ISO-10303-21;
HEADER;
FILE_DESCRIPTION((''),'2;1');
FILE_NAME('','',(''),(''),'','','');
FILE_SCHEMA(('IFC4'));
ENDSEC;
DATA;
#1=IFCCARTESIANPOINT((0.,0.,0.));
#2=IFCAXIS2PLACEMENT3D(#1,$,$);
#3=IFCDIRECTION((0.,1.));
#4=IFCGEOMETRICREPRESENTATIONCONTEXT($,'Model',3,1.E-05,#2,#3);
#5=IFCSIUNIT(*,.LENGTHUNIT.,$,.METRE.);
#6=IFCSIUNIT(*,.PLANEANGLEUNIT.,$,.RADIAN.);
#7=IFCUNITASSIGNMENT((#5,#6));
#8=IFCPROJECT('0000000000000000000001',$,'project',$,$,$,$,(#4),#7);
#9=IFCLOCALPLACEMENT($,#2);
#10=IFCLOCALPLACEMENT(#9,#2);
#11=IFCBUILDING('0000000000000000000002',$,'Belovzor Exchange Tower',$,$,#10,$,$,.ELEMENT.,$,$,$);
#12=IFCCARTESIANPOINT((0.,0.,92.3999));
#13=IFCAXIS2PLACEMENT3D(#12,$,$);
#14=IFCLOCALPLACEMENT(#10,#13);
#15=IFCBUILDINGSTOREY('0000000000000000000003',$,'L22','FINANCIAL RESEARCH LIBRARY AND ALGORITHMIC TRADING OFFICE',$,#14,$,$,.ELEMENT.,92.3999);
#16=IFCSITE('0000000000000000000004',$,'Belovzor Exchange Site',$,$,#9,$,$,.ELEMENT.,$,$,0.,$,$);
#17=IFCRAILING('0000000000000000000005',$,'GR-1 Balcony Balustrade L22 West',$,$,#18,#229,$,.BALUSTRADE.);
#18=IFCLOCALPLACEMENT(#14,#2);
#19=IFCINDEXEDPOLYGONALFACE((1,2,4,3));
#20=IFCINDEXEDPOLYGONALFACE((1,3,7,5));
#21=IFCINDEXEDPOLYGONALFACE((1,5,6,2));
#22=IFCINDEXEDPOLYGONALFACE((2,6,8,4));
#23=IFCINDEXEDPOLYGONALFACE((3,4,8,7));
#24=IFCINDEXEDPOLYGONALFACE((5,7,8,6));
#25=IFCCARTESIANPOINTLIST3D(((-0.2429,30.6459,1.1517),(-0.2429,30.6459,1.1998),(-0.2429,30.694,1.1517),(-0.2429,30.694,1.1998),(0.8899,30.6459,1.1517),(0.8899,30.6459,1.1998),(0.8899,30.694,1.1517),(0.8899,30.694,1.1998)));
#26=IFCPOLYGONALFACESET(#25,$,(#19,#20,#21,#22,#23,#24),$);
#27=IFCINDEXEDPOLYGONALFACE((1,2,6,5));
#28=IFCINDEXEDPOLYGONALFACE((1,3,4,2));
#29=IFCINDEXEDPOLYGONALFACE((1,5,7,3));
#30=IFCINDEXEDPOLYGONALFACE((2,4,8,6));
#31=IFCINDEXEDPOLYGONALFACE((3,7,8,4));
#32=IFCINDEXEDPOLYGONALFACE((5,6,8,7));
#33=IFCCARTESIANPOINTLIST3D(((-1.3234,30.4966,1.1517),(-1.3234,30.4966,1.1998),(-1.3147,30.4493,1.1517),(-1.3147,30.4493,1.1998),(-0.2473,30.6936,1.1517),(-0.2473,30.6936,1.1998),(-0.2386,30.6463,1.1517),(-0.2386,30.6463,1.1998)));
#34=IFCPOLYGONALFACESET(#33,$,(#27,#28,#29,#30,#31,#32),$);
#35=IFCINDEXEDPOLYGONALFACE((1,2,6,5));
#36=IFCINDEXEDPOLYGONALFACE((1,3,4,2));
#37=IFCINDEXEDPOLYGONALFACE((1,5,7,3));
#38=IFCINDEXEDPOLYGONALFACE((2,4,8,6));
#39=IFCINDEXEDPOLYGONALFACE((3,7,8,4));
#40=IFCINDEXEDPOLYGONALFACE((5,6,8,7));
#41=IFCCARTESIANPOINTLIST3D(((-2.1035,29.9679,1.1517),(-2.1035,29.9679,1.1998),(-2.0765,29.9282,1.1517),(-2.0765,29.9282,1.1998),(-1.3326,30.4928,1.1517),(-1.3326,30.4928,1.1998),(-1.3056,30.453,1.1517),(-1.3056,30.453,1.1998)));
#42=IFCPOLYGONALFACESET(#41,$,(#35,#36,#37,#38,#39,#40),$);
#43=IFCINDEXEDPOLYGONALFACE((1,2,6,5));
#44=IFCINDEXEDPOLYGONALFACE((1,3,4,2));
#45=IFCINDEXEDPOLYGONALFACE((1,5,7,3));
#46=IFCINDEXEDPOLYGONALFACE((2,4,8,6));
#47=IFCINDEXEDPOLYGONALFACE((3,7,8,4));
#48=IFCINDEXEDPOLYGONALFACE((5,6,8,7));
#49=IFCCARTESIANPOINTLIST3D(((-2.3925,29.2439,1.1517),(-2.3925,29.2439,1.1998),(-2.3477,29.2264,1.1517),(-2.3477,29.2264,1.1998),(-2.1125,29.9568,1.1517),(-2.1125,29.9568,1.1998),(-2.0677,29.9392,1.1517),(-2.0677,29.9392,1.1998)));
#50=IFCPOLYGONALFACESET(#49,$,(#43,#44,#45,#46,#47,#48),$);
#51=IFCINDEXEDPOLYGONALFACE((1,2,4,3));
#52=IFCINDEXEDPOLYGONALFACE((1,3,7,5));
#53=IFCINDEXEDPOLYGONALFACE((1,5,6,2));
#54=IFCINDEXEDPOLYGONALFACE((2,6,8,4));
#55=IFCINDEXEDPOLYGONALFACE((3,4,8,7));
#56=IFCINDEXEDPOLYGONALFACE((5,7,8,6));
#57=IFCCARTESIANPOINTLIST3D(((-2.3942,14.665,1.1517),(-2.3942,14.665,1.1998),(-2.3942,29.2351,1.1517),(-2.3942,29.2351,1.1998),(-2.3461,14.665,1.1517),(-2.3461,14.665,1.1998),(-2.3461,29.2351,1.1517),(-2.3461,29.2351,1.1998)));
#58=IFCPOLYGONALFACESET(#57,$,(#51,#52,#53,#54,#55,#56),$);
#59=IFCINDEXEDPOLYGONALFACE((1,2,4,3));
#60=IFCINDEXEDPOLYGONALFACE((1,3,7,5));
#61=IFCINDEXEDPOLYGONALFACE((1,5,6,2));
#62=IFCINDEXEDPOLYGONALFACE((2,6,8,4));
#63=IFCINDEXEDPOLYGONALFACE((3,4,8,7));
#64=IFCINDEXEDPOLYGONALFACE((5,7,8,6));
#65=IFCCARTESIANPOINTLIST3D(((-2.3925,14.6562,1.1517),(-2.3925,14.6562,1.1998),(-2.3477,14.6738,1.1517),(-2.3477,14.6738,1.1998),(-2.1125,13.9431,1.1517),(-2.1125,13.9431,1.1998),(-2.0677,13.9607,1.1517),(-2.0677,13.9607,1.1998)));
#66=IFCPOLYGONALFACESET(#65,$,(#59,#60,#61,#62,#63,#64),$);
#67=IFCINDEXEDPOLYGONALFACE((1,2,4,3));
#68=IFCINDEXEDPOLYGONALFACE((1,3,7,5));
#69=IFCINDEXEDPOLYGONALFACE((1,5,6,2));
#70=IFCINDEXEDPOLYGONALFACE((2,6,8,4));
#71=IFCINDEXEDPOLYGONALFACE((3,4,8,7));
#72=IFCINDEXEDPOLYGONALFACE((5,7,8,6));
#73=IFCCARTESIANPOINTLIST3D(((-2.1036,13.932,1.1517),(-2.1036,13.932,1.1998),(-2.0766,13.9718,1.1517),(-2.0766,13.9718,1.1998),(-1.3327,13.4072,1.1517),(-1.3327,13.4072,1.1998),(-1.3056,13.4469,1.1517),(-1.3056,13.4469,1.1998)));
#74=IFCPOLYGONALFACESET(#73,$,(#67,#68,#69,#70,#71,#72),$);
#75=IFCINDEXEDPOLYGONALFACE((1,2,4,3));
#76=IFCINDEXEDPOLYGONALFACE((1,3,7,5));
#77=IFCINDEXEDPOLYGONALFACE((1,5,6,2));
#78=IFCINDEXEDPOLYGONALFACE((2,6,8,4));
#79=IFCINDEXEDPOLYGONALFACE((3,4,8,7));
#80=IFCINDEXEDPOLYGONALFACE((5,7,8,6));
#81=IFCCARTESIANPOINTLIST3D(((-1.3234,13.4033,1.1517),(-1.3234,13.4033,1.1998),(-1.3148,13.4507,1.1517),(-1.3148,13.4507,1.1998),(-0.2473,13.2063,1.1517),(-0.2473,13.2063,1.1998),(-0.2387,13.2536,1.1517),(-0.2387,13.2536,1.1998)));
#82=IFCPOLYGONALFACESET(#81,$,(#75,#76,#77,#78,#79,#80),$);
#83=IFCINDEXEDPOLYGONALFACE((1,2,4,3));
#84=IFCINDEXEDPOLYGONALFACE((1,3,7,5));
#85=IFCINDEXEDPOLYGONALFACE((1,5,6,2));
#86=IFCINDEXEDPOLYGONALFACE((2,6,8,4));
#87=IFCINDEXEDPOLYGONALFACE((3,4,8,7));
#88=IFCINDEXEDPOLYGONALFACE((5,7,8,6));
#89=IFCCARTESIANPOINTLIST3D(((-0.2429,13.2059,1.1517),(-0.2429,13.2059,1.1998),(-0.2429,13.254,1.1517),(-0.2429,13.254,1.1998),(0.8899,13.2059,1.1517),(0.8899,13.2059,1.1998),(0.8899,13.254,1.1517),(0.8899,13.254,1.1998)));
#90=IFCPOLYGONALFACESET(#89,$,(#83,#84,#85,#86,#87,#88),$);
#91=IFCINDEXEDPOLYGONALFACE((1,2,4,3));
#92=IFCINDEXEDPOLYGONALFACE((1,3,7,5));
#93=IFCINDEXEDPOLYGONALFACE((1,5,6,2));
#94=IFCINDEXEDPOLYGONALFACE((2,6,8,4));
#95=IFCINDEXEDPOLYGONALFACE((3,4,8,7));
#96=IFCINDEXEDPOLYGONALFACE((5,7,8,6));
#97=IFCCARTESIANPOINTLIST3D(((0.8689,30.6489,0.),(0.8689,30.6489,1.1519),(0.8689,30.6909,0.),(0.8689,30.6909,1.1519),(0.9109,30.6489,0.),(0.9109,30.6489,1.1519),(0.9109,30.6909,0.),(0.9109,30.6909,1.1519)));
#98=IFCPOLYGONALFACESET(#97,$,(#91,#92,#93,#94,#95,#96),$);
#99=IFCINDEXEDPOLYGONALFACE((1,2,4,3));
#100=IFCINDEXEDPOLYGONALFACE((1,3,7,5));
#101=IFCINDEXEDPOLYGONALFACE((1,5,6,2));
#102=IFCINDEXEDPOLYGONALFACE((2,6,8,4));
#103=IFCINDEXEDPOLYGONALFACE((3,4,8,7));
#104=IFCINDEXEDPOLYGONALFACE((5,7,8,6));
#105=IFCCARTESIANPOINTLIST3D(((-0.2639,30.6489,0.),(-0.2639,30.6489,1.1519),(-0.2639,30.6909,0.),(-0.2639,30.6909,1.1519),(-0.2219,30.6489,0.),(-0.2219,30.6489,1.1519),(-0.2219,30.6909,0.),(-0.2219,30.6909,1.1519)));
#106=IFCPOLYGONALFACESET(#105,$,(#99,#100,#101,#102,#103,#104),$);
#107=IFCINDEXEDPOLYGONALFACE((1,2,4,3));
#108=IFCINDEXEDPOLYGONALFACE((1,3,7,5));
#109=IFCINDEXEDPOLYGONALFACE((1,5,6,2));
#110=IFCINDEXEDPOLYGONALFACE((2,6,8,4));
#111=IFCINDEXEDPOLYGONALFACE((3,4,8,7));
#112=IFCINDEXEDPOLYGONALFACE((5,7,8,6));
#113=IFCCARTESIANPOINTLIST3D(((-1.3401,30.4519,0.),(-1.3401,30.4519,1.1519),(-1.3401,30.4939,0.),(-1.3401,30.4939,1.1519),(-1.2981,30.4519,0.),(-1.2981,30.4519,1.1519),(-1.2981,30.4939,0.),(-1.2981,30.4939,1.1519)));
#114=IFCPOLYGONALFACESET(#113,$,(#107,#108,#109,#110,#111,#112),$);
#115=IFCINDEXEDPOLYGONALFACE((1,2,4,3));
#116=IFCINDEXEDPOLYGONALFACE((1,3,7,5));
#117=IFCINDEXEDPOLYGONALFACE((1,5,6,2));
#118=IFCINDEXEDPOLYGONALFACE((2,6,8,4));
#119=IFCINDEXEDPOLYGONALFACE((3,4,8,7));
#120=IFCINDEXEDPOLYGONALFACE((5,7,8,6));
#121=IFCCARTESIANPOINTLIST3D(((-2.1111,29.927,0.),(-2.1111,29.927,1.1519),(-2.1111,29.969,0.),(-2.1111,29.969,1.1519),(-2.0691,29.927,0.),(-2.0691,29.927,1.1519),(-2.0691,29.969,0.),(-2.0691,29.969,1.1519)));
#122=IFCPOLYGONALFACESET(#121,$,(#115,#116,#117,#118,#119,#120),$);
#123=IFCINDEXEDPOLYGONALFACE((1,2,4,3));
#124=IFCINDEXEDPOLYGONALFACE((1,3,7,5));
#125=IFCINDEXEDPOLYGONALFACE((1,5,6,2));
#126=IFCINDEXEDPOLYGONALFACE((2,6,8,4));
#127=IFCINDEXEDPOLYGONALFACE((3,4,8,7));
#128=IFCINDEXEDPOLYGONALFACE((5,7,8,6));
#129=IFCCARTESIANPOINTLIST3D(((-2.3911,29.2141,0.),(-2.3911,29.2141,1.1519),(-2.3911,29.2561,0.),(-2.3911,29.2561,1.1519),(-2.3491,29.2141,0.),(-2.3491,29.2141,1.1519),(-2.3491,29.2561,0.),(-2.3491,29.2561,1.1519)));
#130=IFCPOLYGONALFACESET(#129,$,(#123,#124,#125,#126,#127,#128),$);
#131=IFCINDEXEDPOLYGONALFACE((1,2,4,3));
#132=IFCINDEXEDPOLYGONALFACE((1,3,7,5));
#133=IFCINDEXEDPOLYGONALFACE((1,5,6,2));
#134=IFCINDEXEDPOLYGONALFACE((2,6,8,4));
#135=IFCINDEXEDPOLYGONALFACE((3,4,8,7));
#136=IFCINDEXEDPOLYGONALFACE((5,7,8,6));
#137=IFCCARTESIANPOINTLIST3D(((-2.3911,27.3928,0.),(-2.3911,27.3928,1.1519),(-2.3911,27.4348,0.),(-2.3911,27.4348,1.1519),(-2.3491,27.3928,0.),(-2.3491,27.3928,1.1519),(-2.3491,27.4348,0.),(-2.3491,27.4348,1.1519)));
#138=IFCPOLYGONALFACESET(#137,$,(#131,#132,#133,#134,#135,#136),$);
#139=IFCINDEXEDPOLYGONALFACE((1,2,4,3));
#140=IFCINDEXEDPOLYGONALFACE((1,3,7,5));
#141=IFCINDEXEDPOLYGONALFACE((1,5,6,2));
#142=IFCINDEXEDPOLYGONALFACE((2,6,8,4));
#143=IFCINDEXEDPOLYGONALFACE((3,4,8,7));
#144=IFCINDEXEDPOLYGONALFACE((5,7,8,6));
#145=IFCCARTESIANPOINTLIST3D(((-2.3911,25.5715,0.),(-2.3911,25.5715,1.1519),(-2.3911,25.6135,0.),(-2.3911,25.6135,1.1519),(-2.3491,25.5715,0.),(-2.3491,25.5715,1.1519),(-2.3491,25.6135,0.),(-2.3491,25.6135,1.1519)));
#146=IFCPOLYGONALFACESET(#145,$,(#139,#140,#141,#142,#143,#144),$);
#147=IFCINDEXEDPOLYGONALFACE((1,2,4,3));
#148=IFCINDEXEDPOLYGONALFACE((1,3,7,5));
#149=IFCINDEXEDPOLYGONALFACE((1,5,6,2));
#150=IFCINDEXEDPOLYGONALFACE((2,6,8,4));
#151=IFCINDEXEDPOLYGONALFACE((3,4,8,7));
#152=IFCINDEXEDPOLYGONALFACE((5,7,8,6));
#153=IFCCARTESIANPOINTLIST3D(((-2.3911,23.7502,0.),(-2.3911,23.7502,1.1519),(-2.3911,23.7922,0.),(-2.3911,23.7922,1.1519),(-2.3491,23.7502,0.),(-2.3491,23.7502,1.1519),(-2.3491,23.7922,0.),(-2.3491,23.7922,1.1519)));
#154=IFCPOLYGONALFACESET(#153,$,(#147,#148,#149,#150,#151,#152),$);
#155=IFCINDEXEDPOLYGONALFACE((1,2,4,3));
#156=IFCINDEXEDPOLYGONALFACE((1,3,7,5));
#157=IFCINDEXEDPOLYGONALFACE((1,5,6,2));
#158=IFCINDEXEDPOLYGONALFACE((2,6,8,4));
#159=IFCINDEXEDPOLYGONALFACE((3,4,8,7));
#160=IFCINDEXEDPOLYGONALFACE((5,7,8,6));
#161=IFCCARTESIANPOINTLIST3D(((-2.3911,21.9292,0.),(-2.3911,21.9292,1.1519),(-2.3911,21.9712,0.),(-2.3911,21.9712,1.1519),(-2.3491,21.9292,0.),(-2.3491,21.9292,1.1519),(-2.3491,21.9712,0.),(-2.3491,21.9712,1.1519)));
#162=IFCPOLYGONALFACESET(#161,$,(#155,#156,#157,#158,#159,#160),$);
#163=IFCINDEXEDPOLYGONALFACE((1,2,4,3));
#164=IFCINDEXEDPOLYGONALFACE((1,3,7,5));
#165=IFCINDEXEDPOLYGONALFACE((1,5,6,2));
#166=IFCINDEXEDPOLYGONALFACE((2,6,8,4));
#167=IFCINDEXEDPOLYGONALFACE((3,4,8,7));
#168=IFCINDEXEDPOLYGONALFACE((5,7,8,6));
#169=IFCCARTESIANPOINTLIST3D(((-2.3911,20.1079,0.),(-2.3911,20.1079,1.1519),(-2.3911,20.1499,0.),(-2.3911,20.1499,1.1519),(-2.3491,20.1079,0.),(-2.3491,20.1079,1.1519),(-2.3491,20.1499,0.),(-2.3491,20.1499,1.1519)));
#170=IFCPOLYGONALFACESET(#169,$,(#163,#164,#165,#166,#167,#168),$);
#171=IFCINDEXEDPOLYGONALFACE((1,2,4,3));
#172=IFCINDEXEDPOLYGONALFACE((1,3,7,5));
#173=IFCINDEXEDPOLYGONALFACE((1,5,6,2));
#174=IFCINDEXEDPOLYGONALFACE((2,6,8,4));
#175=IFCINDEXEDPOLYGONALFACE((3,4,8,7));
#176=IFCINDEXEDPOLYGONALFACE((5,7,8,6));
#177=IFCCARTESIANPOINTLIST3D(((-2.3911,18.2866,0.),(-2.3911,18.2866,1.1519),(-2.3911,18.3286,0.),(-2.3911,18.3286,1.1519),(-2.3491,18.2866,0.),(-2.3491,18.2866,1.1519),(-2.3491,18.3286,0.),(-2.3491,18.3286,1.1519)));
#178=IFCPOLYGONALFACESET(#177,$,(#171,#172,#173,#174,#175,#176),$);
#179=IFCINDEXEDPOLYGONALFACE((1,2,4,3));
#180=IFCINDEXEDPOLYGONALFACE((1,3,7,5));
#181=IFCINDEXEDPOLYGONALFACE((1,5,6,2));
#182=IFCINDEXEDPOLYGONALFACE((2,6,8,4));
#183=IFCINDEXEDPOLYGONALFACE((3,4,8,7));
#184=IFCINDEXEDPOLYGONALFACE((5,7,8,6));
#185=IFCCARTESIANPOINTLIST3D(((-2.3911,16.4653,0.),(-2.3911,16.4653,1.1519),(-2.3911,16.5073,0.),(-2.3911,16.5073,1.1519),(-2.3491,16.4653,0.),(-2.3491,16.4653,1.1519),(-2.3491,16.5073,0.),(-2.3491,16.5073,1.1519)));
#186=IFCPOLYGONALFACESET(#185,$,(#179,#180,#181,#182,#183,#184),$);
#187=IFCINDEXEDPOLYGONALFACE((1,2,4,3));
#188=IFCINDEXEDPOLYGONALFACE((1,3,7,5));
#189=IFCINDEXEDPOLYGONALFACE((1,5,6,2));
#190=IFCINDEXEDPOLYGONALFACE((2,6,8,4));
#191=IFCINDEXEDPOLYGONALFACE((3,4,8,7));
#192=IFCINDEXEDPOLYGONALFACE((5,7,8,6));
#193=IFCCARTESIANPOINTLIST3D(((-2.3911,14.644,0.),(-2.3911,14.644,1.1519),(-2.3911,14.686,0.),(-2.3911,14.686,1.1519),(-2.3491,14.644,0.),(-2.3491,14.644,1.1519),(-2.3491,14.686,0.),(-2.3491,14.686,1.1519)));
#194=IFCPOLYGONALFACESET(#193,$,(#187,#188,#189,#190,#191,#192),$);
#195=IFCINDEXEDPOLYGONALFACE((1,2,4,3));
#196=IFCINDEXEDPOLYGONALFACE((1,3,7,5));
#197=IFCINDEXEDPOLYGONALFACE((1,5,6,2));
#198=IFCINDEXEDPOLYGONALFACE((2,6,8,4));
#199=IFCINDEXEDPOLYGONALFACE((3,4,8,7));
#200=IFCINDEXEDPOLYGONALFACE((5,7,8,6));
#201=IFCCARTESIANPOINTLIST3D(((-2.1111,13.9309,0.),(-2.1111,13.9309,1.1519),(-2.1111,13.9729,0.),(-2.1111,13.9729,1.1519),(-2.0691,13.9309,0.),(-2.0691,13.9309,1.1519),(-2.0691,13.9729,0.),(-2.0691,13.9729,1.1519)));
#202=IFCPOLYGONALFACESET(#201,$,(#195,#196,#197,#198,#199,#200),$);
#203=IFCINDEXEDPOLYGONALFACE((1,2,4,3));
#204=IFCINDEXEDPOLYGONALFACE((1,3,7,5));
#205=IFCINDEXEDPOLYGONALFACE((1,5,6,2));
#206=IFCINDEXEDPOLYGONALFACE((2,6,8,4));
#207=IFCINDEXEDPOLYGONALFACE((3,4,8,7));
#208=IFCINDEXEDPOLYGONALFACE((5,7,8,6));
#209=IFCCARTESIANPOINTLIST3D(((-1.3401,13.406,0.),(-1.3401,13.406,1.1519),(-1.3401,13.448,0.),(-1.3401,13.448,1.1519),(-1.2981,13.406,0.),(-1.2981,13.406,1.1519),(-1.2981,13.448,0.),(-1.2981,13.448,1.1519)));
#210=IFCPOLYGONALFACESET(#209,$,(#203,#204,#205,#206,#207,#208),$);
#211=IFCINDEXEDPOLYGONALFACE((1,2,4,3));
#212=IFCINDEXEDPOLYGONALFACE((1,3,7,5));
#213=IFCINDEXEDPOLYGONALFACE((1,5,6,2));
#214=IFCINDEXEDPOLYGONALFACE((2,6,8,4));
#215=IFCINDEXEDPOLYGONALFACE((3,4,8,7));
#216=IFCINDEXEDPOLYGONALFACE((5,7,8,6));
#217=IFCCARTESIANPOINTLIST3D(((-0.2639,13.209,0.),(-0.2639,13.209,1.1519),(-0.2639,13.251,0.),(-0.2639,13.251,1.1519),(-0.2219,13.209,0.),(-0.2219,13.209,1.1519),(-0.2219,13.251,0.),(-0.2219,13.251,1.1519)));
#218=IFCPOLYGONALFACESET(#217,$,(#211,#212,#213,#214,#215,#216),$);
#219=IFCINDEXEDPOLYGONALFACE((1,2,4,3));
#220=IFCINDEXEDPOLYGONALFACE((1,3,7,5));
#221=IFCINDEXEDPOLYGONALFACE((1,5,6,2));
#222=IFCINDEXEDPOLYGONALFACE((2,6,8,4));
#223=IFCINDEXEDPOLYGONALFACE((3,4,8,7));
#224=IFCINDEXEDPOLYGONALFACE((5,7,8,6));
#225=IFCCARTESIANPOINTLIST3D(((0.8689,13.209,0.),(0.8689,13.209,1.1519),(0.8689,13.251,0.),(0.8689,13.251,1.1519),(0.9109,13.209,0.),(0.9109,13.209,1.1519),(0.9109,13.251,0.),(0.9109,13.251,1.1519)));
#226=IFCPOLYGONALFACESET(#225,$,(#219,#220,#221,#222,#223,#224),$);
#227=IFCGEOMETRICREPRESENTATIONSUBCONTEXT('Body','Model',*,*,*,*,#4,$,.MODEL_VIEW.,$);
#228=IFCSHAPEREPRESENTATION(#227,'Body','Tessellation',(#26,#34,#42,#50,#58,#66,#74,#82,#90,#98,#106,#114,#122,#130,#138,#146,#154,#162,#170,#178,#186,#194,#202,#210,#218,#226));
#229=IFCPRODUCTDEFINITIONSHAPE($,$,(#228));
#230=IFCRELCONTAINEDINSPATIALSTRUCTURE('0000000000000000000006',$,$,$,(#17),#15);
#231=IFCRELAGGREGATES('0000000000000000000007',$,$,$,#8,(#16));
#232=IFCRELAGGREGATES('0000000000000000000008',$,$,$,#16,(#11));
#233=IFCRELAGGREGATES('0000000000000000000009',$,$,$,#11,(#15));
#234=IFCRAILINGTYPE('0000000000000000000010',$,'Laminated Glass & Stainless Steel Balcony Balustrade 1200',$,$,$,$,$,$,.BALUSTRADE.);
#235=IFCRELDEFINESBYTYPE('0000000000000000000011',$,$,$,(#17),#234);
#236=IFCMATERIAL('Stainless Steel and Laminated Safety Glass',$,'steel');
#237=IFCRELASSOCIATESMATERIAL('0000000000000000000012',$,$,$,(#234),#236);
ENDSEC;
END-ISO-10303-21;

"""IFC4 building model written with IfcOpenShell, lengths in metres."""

from ifc_helpers import new_model, si_unit, direction, frame, origin, origin_2d, place, context, subcontext, project, spatial, rectangle, extrude, material, type_object, element, save


model = new_model("IFC4")

# Units and contexts
model_context = context("Model", 3, precision=1e-05, world=origin(), true_north=direction((0.0, 1.0)))
body_context = subcontext(model_context, "Body", "Model", "MODEL_VIEW")
ifc_project = project(units=[si_unit("LENGTHUNIT", "METRE"), si_unit("PLANEANGLEUNIT", "RADIAN")], contexts=[model_context])

# Site, building, storey
site_placement = place(None, origin())
site = spatial("IfcSite", under=ifc_project, at=site_placement, Name="Belovzor Exchange Site", CompositionType="ELEMENT", RefElevation=0.0)
building_placement = place(site_placement, origin())
building = spatial("IfcBuilding", under=site, at=building_placement, Name="Belovzor Exchange Tower", CompositionType="ELEMENT")
storey_placement = place(building_placement, frame((0.0, 0.0, 92.3999)))
storey = spatial("IfcBuildingStorey", under=building, at=storey_placement, Name="L22", Description="FINANCIAL RESEARCH LIBRARY AND ALGORITHMIC TRADING OFFICE", CompositionType="ELEMENT", Elevation=92.3999)

# Railing
ifc_material_1 = material(Name="Stainless Steel and Laminated Safety Glass", Category="steel")
railing_type = type_object("IfcRailingType", Name="Laminated Glass & Stainless Steel Balcony Balustrade 1200", PredefinedType="BALUSTRADE", material=ifc_material_1)
railing_placement = place(storey_placement, frame((0.8899, 30.6699, 0.0)))
element("IfcRailing", 1, at=railing_placement, inside=storey, type_object=railing_type, Name="GR-1 Balcony Balustrade L22 West", PredefinedType="BALUSTRADE", context=body_context, shape_type="SweptSolid", body=[
    extrude(rectangle(XDim=0.0481, YDim=0.0481, at=origin_2d()), frame((0.0, 0.0, 1.1758), z_axis=(-1.0, 0.0, 0.0), x_axis=(0.0, -1.0, 0.0)), (0.0, 0.0, 1.0), 1.1328),
    extrude(rectangle(XDim=0.0481, YDim=0.0481, at=origin_2d()), frame((-1.1328, 0.0, 1.1758), z_axis=(-0.983651, -0.180083, 0.0), x_axis=(0.180083, -0.983651, 0.0)), (0.0, 0.0, 1.0), 1.094),
    extrude(rectangle(XDim=0.0481, YDim=0.0481, at=origin_2d()), frame((-2.209, -0.197, 1.1758), z_axis=(-0.826615, -0.562768, 0.0), x_axis=(0.562768, -0.826615, 0.0)), (0.0, 0.0, 1.0), 0.9326),
    extrude(rectangle(XDim=0.0481, YDim=0.0481, at=origin_2d()), frame((-2.98, -0.7219, 1.1758), z_axis=(-0.365613, -0.930767, 0.0), x_axis=(0.930767, -0.365613, 0.0)), (0.0, 0.0, 1.0), 0.7659),
    extrude(rectangle(XDim=0.0481, YDim=0.0481, at=origin_2d()), frame((-3.26, -1.4348, 1.1758), z_axis=(0.0, -1.0, 0.0), x_axis=(1.0, 0.0, 0.0)), (0.0, 0.0, 1.0), 14.5701),
    extrude(rectangle(XDim=0.0481, YDim=0.0481, at=origin_2d()), frame((-3.26, -16.0049, 1.1758), z_axis=(0.365504, -0.93081, 0.0), x_axis=(0.93081, 0.365504, 0.0)), (0.0, 0.0, 1.0), 0.7661),
    extrude(rectangle(XDim=0.0481, YDim=0.0481, at=origin_2d()), frame((-2.98, -16.718, 1.1758), z_axis=(0.826615, -0.562768, 0.0), x_axis=(0.562768, 0.826615, 0.0)), (0.0, 0.0, 1.0), 0.9326),
    extrude(rectangle(XDim=0.0481, YDim=0.0481, at=origin_2d()), frame((-2.209, -17.2429, 1.1758), z_axis=(0.983651, -0.180083, 0.0), x_axis=(0.180083, 0.983651, 0.0)), (0.0, 0.0, 1.0), 1.094),
    extrude(rectangle(XDim=0.0481, YDim=0.0481, at=origin_2d()), frame((-1.1328, -17.4399, 1.1758), z_axis=(1.0, 0.0, 0.0), x_axis=(0.0, 1.0, 0.0)), (0.0, 0.0, 1.0), 1.1328),
    extrude(rectangle(XDim=0.042, YDim=0.042, at=origin_2d()), origin(), (0.0, 0.0, 1.0), 1.1519),
    extrude(rectangle(XDim=0.042, YDim=0.042, at=origin_2d()), frame((-1.1328, 0.0, 0.0)), (0.0, 0.0, 1.0), 1.1519),
    extrude(rectangle(XDim=0.042, YDim=0.042, at=origin_2d()), frame((-2.209, -0.197, 0.0)), (0.0, 0.0, 1.0), 1.1519),
    extrude(rectangle(XDim=0.042, YDim=0.042, at=origin_2d()), frame((-2.98, -0.7219, 0.0)), (0.0, 0.0, 1.0), 1.1519),
    extrude(rectangle(XDim=0.042, YDim=0.042, at=origin_2d()), frame((-3.26, -1.4348, 0.0)), (0.0, 0.0, 1.0), 1.1519),
    extrude(rectangle(XDim=0.042, YDim=0.042, at=origin_2d()), frame((-3.26, -3.2561, 0.0)), (0.0, 0.0, 1.0), 1.1519),
    extrude(rectangle(XDim=0.042, YDim=0.042, at=origin_2d()), frame((-3.26, -5.0774, 0.0)), (0.0, 0.0, 1.0), 1.1519),
    extrude(rectangle(XDim=0.042, YDim=0.042, at=origin_2d()), frame((-3.26, -6.8987, 0.0)), (0.0, 0.0, 1.0), 1.1519),
    extrude(rectangle(XDim=0.042, YDim=0.042, at=origin_2d()), frame((-3.26, -8.7197, 0.0)), (0.0, 0.0, 1.0), 1.1519),
    extrude(rectangle(XDim=0.042, YDim=0.042, at=origin_2d()), frame((-3.26, -10.541, 0.0)), (0.0, 0.0, 1.0), 1.1519),
    extrude(rectangle(XDim=0.042, YDim=0.042, at=origin_2d()), frame((-3.26, -12.3623, 0.0)), (0.0, 0.0, 1.0), 1.1519),
    extrude(rectangle(XDim=0.042, YDim=0.042, at=origin_2d()), frame((-3.26, -14.1836, 0.0)), (0.0, 0.0, 1.0), 1.1519),
    extrude(rectangle(XDim=0.042, YDim=0.042, at=origin_2d()), frame((-3.26, -16.0049, 0.0)), (0.0, 0.0, 1.0), 1.1519),
    extrude(rectangle(XDim=0.042, YDim=0.042, at=origin_2d()), frame((-2.98, -16.718, 0.0)), (0.0, 0.0, 1.0), 1.1519),
    extrude(rectangle(XDim=0.042, YDim=0.042, at=origin_2d()), frame((-2.209, -17.2429, 0.0)), (0.0, 0.0, 1.0), 1.1519),
    extrude(rectangle(XDim=0.042, YDim=0.042, at=origin_2d()), frame((-1.1328, -17.4399, 0.0)), (0.0, 0.0, 1.0), 1.1519),
    extrude(rectangle(XDim=0.042, YDim=0.042, at=origin_2d()), frame((0.0, -17.4399, 0.0)), (0.0, 0.0, 1.0), 1.1519),
])

save(model, "model.ifc")
